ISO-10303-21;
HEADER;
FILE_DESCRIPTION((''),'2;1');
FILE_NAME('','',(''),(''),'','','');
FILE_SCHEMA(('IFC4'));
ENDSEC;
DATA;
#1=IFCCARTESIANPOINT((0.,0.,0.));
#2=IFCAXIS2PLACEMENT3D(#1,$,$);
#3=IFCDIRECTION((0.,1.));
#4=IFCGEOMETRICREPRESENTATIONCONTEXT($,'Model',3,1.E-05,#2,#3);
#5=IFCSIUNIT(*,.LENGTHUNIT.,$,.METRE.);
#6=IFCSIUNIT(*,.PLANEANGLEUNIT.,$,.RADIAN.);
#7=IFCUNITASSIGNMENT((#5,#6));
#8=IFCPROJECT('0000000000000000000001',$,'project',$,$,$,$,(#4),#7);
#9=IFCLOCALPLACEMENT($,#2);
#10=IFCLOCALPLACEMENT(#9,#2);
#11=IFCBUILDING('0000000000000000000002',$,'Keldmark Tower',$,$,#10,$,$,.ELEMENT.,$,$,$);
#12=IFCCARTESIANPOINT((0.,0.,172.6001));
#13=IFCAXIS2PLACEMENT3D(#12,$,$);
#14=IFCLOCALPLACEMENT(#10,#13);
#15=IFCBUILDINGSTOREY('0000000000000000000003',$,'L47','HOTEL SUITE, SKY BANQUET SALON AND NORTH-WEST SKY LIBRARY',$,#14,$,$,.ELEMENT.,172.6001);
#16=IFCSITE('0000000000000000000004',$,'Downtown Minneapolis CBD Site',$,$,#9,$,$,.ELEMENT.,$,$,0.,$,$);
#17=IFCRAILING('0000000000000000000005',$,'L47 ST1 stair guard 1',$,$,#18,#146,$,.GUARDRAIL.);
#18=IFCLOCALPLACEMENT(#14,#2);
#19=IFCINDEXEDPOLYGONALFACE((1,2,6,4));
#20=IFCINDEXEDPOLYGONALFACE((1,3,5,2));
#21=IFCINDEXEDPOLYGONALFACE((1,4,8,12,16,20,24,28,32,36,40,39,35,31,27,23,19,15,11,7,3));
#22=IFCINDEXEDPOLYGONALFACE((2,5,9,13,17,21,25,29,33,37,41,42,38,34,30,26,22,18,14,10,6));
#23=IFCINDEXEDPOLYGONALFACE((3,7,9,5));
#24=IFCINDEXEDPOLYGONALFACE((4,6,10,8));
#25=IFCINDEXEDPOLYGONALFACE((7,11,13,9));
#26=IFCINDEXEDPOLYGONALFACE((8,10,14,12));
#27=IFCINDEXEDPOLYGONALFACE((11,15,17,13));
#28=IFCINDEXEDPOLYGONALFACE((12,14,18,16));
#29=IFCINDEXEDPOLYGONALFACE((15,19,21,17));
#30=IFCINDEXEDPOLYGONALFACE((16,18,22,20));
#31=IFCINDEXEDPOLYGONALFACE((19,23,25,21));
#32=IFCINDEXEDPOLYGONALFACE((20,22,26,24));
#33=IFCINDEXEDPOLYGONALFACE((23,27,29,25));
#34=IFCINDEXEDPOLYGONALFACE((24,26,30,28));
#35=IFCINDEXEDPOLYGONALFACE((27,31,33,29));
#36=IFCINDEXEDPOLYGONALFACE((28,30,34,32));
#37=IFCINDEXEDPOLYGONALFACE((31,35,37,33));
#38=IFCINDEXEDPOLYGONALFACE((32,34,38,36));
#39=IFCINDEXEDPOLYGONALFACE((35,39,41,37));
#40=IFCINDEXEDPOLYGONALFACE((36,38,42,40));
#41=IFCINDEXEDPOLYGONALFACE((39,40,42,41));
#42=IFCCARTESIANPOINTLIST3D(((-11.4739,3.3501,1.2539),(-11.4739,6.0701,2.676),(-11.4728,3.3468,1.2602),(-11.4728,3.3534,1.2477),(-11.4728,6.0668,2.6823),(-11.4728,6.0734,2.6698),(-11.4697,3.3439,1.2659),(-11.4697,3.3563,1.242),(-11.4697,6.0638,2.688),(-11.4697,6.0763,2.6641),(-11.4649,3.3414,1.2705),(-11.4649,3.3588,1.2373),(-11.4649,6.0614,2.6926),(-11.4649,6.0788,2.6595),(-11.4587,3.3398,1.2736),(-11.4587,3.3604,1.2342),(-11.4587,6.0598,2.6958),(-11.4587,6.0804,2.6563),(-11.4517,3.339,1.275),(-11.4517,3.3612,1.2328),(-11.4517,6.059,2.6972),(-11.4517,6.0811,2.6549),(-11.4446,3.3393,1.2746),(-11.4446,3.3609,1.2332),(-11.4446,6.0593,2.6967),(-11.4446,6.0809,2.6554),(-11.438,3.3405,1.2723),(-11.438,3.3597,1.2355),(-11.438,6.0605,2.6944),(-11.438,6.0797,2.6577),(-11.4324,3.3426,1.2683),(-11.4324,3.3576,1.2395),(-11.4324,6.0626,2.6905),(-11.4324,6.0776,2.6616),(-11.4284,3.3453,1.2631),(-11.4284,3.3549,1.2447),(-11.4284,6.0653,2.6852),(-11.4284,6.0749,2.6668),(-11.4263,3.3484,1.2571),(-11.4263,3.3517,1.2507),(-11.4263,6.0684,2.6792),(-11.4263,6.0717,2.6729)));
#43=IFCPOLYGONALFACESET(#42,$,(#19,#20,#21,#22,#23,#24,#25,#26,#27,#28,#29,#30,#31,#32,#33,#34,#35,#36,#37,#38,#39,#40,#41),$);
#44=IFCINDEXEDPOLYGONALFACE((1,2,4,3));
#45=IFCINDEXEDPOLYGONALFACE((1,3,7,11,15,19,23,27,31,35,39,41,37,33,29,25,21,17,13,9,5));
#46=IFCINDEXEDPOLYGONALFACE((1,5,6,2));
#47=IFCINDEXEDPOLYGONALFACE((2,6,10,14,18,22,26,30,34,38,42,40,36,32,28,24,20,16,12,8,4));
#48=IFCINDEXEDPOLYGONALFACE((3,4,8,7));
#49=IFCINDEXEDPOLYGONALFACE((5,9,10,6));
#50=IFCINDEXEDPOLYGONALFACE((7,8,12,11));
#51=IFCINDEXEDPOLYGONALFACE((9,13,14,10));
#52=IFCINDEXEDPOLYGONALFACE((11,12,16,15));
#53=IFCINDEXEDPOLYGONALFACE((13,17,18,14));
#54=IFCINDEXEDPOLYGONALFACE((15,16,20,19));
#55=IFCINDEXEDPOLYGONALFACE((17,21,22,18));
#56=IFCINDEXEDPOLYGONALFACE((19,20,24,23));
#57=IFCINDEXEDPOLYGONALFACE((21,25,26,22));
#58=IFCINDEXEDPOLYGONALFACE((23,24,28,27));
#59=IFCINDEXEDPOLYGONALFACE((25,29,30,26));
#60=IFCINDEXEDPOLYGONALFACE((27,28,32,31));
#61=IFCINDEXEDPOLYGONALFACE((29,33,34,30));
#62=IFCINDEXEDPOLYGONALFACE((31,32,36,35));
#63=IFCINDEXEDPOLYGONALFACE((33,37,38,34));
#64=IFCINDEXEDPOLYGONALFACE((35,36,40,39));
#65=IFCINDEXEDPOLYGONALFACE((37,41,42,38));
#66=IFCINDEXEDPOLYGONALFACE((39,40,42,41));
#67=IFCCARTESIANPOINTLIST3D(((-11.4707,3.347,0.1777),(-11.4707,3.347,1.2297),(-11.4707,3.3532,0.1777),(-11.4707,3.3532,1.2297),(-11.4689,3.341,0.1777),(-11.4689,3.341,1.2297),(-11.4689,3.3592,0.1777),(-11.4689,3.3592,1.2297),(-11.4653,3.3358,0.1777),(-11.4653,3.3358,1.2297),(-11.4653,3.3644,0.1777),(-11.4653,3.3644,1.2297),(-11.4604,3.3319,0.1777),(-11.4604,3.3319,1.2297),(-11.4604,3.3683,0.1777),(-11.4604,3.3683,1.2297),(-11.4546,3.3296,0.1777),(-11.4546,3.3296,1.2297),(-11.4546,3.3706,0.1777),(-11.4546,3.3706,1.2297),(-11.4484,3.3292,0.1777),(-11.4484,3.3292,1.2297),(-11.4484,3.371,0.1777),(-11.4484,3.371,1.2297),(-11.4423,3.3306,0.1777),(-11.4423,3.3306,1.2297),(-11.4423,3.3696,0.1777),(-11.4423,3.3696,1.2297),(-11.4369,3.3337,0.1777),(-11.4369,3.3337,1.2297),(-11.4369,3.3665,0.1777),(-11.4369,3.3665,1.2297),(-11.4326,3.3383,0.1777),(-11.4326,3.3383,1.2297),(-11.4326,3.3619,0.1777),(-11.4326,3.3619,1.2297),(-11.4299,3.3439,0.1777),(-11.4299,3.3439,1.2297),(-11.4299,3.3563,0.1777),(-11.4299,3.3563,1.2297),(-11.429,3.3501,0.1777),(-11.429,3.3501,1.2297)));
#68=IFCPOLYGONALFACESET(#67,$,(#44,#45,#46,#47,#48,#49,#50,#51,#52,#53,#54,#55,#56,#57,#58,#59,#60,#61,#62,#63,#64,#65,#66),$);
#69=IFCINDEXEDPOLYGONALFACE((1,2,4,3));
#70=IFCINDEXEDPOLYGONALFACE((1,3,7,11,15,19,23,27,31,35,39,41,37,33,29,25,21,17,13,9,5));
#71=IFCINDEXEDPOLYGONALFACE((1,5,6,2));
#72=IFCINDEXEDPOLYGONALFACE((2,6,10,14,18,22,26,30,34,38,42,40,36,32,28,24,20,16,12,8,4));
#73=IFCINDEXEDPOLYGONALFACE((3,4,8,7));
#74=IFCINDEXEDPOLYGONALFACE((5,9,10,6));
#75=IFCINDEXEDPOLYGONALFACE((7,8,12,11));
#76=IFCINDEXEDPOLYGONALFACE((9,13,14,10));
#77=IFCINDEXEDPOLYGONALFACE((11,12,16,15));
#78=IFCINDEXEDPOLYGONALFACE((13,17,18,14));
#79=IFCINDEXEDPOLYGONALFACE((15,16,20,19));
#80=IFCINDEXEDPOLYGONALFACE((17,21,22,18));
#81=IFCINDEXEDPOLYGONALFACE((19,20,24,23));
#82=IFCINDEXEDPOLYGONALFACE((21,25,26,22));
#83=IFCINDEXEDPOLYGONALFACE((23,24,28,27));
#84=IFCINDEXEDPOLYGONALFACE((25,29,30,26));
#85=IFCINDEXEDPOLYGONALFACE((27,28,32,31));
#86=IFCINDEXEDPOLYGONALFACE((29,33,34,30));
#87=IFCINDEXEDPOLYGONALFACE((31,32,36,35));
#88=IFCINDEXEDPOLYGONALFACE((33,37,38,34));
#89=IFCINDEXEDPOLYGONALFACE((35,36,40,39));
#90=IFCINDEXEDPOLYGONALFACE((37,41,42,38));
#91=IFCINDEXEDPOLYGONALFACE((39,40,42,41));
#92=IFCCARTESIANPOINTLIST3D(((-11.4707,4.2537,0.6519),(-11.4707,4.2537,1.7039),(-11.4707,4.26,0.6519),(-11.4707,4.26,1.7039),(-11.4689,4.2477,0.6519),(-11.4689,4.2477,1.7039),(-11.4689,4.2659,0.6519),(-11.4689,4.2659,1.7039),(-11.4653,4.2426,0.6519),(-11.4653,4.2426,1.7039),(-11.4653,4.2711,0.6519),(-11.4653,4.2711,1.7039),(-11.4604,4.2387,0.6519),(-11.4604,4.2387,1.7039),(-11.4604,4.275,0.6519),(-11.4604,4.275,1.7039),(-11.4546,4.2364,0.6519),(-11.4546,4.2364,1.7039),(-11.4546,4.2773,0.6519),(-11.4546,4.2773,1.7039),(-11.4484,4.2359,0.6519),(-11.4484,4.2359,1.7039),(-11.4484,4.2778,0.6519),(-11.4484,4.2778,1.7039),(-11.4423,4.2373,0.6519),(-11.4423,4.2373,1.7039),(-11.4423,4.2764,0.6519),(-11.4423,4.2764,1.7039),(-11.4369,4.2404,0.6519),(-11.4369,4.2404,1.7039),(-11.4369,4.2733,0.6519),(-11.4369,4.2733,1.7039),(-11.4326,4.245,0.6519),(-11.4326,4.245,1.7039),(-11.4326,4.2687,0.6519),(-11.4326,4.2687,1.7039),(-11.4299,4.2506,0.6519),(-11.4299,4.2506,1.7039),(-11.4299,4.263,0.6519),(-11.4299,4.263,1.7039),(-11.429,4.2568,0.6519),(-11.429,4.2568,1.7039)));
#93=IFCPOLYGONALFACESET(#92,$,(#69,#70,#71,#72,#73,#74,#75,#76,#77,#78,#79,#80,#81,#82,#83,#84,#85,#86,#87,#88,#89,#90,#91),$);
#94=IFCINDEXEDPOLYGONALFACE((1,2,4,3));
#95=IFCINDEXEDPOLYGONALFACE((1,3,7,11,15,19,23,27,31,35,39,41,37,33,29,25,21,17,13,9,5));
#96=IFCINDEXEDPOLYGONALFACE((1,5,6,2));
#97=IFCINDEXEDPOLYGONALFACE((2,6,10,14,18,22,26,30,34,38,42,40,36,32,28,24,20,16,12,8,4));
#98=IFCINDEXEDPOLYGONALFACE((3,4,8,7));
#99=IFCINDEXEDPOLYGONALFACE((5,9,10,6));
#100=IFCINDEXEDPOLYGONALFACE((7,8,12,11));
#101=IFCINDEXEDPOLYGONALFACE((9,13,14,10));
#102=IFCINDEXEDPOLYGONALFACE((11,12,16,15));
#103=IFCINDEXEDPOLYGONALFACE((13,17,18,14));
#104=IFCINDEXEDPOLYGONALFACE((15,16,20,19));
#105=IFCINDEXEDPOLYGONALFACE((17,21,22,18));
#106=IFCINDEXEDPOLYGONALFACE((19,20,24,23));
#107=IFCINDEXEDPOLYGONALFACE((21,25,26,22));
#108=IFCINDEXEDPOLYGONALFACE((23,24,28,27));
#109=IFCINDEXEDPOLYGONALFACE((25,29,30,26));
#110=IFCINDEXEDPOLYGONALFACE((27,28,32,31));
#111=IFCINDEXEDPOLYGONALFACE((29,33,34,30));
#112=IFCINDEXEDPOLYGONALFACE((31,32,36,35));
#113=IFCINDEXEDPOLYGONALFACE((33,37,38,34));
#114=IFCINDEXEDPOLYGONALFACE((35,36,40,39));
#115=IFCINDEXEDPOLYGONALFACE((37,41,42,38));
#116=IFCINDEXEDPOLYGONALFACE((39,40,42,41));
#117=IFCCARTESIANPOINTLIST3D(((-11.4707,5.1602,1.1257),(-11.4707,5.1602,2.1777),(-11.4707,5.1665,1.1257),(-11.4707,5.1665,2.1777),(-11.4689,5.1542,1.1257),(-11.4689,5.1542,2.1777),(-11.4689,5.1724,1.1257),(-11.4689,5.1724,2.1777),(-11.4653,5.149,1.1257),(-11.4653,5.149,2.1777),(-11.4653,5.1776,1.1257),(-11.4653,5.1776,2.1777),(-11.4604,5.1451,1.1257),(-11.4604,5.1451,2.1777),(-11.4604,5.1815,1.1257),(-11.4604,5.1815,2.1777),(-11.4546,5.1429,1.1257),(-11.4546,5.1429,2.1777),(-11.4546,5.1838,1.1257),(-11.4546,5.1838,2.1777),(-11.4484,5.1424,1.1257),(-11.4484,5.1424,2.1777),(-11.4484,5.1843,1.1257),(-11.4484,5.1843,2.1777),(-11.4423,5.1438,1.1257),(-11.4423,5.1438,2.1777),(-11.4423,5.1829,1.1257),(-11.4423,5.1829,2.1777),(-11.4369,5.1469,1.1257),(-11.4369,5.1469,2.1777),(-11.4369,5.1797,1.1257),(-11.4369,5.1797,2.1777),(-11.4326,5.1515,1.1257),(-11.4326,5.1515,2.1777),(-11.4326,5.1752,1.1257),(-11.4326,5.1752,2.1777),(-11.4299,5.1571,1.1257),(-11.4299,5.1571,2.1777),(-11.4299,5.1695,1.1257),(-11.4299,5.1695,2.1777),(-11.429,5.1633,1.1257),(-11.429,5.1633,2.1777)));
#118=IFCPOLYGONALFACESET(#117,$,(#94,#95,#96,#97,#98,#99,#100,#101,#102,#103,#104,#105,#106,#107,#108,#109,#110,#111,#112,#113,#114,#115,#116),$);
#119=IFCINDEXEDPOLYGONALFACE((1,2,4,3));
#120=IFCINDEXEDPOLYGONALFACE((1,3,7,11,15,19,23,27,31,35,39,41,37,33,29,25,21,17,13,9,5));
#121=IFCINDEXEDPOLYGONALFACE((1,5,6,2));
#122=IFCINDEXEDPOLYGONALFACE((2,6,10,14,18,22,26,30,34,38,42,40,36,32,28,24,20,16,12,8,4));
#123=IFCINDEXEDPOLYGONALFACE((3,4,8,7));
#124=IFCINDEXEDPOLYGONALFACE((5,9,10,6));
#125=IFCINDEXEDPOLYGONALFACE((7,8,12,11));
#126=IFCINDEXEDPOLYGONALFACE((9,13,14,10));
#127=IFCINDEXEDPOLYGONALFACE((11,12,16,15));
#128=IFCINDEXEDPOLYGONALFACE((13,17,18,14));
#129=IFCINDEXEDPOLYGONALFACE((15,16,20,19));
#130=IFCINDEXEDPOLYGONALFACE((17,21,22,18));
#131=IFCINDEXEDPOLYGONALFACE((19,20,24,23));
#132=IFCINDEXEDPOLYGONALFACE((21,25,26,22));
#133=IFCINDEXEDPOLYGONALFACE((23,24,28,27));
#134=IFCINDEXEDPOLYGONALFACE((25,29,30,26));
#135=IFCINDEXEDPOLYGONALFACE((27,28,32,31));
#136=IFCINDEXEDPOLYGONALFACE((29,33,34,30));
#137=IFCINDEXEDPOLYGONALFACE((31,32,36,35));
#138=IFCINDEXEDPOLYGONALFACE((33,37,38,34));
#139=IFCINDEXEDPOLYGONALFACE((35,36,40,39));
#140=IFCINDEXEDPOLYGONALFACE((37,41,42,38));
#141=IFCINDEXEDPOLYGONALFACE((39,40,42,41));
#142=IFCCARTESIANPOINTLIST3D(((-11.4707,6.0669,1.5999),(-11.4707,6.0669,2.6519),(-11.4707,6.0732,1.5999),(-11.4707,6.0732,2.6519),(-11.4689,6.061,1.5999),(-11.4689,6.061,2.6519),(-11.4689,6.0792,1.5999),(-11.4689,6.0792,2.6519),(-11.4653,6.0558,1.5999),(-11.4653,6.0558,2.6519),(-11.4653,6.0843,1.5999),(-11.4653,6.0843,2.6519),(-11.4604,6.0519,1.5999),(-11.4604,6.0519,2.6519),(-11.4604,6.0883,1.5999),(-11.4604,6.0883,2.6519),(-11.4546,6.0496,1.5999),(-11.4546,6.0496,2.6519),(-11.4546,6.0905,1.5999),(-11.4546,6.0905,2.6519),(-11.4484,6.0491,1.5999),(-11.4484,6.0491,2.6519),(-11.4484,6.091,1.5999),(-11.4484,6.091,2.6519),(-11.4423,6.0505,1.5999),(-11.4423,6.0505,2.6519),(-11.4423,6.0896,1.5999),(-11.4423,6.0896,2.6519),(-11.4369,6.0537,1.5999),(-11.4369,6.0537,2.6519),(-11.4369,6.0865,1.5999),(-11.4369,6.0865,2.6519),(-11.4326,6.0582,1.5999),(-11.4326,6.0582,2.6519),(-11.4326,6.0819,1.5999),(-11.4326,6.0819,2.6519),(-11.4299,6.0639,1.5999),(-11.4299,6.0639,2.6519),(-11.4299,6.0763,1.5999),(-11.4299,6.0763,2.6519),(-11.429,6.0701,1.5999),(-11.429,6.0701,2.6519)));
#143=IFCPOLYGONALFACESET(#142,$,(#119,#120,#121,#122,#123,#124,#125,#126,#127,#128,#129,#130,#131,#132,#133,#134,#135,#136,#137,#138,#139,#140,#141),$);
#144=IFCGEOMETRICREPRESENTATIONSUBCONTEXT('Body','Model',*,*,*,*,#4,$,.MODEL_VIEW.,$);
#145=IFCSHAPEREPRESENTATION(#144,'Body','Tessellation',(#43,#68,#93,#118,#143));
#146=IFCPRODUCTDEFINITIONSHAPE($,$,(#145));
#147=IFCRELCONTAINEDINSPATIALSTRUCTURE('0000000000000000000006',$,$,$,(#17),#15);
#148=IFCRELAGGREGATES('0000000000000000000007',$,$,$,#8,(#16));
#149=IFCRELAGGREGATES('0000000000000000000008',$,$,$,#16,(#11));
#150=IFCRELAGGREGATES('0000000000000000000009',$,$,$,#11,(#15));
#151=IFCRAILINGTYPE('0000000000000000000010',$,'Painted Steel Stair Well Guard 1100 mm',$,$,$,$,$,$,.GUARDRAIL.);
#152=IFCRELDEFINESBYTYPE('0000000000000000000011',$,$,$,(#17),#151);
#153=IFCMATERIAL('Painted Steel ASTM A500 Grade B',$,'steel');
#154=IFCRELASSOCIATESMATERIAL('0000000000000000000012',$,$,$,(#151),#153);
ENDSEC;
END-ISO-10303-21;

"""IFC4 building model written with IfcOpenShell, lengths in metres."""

from ifc_helpers import new_model, si_unit, direction, frame, origin, origin_2d, place, context, subcontext, project, spatial, circle, extrude, material, type_object, element, save


model = new_model("IFC4")

# Units and contexts
model_context = context("Model", 3, precision=1e-05, world=origin(), true_north=direction((0.0, 1.0)))
body_context = subcontext(model_context, "Body", "Model", "MODEL_VIEW")
ifc_project = project(units=[si_unit("LENGTHUNIT", "METRE"), si_unit("PLANEANGLEUNIT", "RADIAN")], contexts=[model_context])

# Site, building, storey
site_placement = place(None, origin())
site = spatial("IfcSite", under=ifc_project, at=site_placement, Name="Downtown Minneapolis CBD Site", CompositionType="ELEMENT", RefElevation=0.0)
building_placement = place(site_placement, origin())
building = spatial("IfcBuilding", under=site, at=building_placement, Name="Keldmark Tower", CompositionType="ELEMENT")
storey_placement = place(building_placement, frame((0.0, 0.0, 172.6001)))
storey = spatial("IfcBuildingStorey", under=building, at=storey_placement, Name="L47", Description="HOTEL SUITE, SKY BANQUET SALON AND NORTH-WEST SKY LIBRARY", CompositionType="ELEMENT", Elevation=172.6001)

# Railing
ifc_material_1 = material(Name="Painted Steel ASTM A500 Grade B", Category="steel")
railing_type_1 = type_object("IfcRailingType", Name="Painted Steel Stair Well Guard 1100 mm", PredefinedType="GUARDRAIL", material=ifc_material_1)
railing_1_placement = place(storey_placement, frame((-11.45, 3.3501, 0.1777)))
element("IfcRailing", 1, at=railing_1_placement, inside=storey, type_object=railing_type_1, Name="L47 ST1 stair guard 1", PredefinedType="GUARDRAIL", context=body_context, shape_type="SweptSolid", body=[
    extrude(circle(Radius=0.0239, at=origin_2d()), frame((0.0, 0.0, 1.0762), z_axis=(0.0, 0.886183, 0.463335), x_axis=(-1.0, 0.0, 0.0)), (0.0, 0.0, 1.0), 3.0693),
    extrude(circle(Radius=0.021, at=origin_2d()), origin(), (0.0, 0.0, 1.0), 1.052),
    extrude(circle(Radius=0.021, at=origin_2d()), frame((0.0, 0.9067, 0.4741)), (0.0, 0.0, 1.0), 1.052),
    extrude(circle(Radius=0.021, at=origin_2d()), frame((0.0, 1.8132, 0.948)), (0.0, 0.0, 1.0), 1.052),
    extrude(circle(Radius=0.021, at=origin_2d()), frame((0.0, 2.72, 1.4221)), (0.0, 0.0, 1.0), 1.052),
])

save(model, "model.ifc")
